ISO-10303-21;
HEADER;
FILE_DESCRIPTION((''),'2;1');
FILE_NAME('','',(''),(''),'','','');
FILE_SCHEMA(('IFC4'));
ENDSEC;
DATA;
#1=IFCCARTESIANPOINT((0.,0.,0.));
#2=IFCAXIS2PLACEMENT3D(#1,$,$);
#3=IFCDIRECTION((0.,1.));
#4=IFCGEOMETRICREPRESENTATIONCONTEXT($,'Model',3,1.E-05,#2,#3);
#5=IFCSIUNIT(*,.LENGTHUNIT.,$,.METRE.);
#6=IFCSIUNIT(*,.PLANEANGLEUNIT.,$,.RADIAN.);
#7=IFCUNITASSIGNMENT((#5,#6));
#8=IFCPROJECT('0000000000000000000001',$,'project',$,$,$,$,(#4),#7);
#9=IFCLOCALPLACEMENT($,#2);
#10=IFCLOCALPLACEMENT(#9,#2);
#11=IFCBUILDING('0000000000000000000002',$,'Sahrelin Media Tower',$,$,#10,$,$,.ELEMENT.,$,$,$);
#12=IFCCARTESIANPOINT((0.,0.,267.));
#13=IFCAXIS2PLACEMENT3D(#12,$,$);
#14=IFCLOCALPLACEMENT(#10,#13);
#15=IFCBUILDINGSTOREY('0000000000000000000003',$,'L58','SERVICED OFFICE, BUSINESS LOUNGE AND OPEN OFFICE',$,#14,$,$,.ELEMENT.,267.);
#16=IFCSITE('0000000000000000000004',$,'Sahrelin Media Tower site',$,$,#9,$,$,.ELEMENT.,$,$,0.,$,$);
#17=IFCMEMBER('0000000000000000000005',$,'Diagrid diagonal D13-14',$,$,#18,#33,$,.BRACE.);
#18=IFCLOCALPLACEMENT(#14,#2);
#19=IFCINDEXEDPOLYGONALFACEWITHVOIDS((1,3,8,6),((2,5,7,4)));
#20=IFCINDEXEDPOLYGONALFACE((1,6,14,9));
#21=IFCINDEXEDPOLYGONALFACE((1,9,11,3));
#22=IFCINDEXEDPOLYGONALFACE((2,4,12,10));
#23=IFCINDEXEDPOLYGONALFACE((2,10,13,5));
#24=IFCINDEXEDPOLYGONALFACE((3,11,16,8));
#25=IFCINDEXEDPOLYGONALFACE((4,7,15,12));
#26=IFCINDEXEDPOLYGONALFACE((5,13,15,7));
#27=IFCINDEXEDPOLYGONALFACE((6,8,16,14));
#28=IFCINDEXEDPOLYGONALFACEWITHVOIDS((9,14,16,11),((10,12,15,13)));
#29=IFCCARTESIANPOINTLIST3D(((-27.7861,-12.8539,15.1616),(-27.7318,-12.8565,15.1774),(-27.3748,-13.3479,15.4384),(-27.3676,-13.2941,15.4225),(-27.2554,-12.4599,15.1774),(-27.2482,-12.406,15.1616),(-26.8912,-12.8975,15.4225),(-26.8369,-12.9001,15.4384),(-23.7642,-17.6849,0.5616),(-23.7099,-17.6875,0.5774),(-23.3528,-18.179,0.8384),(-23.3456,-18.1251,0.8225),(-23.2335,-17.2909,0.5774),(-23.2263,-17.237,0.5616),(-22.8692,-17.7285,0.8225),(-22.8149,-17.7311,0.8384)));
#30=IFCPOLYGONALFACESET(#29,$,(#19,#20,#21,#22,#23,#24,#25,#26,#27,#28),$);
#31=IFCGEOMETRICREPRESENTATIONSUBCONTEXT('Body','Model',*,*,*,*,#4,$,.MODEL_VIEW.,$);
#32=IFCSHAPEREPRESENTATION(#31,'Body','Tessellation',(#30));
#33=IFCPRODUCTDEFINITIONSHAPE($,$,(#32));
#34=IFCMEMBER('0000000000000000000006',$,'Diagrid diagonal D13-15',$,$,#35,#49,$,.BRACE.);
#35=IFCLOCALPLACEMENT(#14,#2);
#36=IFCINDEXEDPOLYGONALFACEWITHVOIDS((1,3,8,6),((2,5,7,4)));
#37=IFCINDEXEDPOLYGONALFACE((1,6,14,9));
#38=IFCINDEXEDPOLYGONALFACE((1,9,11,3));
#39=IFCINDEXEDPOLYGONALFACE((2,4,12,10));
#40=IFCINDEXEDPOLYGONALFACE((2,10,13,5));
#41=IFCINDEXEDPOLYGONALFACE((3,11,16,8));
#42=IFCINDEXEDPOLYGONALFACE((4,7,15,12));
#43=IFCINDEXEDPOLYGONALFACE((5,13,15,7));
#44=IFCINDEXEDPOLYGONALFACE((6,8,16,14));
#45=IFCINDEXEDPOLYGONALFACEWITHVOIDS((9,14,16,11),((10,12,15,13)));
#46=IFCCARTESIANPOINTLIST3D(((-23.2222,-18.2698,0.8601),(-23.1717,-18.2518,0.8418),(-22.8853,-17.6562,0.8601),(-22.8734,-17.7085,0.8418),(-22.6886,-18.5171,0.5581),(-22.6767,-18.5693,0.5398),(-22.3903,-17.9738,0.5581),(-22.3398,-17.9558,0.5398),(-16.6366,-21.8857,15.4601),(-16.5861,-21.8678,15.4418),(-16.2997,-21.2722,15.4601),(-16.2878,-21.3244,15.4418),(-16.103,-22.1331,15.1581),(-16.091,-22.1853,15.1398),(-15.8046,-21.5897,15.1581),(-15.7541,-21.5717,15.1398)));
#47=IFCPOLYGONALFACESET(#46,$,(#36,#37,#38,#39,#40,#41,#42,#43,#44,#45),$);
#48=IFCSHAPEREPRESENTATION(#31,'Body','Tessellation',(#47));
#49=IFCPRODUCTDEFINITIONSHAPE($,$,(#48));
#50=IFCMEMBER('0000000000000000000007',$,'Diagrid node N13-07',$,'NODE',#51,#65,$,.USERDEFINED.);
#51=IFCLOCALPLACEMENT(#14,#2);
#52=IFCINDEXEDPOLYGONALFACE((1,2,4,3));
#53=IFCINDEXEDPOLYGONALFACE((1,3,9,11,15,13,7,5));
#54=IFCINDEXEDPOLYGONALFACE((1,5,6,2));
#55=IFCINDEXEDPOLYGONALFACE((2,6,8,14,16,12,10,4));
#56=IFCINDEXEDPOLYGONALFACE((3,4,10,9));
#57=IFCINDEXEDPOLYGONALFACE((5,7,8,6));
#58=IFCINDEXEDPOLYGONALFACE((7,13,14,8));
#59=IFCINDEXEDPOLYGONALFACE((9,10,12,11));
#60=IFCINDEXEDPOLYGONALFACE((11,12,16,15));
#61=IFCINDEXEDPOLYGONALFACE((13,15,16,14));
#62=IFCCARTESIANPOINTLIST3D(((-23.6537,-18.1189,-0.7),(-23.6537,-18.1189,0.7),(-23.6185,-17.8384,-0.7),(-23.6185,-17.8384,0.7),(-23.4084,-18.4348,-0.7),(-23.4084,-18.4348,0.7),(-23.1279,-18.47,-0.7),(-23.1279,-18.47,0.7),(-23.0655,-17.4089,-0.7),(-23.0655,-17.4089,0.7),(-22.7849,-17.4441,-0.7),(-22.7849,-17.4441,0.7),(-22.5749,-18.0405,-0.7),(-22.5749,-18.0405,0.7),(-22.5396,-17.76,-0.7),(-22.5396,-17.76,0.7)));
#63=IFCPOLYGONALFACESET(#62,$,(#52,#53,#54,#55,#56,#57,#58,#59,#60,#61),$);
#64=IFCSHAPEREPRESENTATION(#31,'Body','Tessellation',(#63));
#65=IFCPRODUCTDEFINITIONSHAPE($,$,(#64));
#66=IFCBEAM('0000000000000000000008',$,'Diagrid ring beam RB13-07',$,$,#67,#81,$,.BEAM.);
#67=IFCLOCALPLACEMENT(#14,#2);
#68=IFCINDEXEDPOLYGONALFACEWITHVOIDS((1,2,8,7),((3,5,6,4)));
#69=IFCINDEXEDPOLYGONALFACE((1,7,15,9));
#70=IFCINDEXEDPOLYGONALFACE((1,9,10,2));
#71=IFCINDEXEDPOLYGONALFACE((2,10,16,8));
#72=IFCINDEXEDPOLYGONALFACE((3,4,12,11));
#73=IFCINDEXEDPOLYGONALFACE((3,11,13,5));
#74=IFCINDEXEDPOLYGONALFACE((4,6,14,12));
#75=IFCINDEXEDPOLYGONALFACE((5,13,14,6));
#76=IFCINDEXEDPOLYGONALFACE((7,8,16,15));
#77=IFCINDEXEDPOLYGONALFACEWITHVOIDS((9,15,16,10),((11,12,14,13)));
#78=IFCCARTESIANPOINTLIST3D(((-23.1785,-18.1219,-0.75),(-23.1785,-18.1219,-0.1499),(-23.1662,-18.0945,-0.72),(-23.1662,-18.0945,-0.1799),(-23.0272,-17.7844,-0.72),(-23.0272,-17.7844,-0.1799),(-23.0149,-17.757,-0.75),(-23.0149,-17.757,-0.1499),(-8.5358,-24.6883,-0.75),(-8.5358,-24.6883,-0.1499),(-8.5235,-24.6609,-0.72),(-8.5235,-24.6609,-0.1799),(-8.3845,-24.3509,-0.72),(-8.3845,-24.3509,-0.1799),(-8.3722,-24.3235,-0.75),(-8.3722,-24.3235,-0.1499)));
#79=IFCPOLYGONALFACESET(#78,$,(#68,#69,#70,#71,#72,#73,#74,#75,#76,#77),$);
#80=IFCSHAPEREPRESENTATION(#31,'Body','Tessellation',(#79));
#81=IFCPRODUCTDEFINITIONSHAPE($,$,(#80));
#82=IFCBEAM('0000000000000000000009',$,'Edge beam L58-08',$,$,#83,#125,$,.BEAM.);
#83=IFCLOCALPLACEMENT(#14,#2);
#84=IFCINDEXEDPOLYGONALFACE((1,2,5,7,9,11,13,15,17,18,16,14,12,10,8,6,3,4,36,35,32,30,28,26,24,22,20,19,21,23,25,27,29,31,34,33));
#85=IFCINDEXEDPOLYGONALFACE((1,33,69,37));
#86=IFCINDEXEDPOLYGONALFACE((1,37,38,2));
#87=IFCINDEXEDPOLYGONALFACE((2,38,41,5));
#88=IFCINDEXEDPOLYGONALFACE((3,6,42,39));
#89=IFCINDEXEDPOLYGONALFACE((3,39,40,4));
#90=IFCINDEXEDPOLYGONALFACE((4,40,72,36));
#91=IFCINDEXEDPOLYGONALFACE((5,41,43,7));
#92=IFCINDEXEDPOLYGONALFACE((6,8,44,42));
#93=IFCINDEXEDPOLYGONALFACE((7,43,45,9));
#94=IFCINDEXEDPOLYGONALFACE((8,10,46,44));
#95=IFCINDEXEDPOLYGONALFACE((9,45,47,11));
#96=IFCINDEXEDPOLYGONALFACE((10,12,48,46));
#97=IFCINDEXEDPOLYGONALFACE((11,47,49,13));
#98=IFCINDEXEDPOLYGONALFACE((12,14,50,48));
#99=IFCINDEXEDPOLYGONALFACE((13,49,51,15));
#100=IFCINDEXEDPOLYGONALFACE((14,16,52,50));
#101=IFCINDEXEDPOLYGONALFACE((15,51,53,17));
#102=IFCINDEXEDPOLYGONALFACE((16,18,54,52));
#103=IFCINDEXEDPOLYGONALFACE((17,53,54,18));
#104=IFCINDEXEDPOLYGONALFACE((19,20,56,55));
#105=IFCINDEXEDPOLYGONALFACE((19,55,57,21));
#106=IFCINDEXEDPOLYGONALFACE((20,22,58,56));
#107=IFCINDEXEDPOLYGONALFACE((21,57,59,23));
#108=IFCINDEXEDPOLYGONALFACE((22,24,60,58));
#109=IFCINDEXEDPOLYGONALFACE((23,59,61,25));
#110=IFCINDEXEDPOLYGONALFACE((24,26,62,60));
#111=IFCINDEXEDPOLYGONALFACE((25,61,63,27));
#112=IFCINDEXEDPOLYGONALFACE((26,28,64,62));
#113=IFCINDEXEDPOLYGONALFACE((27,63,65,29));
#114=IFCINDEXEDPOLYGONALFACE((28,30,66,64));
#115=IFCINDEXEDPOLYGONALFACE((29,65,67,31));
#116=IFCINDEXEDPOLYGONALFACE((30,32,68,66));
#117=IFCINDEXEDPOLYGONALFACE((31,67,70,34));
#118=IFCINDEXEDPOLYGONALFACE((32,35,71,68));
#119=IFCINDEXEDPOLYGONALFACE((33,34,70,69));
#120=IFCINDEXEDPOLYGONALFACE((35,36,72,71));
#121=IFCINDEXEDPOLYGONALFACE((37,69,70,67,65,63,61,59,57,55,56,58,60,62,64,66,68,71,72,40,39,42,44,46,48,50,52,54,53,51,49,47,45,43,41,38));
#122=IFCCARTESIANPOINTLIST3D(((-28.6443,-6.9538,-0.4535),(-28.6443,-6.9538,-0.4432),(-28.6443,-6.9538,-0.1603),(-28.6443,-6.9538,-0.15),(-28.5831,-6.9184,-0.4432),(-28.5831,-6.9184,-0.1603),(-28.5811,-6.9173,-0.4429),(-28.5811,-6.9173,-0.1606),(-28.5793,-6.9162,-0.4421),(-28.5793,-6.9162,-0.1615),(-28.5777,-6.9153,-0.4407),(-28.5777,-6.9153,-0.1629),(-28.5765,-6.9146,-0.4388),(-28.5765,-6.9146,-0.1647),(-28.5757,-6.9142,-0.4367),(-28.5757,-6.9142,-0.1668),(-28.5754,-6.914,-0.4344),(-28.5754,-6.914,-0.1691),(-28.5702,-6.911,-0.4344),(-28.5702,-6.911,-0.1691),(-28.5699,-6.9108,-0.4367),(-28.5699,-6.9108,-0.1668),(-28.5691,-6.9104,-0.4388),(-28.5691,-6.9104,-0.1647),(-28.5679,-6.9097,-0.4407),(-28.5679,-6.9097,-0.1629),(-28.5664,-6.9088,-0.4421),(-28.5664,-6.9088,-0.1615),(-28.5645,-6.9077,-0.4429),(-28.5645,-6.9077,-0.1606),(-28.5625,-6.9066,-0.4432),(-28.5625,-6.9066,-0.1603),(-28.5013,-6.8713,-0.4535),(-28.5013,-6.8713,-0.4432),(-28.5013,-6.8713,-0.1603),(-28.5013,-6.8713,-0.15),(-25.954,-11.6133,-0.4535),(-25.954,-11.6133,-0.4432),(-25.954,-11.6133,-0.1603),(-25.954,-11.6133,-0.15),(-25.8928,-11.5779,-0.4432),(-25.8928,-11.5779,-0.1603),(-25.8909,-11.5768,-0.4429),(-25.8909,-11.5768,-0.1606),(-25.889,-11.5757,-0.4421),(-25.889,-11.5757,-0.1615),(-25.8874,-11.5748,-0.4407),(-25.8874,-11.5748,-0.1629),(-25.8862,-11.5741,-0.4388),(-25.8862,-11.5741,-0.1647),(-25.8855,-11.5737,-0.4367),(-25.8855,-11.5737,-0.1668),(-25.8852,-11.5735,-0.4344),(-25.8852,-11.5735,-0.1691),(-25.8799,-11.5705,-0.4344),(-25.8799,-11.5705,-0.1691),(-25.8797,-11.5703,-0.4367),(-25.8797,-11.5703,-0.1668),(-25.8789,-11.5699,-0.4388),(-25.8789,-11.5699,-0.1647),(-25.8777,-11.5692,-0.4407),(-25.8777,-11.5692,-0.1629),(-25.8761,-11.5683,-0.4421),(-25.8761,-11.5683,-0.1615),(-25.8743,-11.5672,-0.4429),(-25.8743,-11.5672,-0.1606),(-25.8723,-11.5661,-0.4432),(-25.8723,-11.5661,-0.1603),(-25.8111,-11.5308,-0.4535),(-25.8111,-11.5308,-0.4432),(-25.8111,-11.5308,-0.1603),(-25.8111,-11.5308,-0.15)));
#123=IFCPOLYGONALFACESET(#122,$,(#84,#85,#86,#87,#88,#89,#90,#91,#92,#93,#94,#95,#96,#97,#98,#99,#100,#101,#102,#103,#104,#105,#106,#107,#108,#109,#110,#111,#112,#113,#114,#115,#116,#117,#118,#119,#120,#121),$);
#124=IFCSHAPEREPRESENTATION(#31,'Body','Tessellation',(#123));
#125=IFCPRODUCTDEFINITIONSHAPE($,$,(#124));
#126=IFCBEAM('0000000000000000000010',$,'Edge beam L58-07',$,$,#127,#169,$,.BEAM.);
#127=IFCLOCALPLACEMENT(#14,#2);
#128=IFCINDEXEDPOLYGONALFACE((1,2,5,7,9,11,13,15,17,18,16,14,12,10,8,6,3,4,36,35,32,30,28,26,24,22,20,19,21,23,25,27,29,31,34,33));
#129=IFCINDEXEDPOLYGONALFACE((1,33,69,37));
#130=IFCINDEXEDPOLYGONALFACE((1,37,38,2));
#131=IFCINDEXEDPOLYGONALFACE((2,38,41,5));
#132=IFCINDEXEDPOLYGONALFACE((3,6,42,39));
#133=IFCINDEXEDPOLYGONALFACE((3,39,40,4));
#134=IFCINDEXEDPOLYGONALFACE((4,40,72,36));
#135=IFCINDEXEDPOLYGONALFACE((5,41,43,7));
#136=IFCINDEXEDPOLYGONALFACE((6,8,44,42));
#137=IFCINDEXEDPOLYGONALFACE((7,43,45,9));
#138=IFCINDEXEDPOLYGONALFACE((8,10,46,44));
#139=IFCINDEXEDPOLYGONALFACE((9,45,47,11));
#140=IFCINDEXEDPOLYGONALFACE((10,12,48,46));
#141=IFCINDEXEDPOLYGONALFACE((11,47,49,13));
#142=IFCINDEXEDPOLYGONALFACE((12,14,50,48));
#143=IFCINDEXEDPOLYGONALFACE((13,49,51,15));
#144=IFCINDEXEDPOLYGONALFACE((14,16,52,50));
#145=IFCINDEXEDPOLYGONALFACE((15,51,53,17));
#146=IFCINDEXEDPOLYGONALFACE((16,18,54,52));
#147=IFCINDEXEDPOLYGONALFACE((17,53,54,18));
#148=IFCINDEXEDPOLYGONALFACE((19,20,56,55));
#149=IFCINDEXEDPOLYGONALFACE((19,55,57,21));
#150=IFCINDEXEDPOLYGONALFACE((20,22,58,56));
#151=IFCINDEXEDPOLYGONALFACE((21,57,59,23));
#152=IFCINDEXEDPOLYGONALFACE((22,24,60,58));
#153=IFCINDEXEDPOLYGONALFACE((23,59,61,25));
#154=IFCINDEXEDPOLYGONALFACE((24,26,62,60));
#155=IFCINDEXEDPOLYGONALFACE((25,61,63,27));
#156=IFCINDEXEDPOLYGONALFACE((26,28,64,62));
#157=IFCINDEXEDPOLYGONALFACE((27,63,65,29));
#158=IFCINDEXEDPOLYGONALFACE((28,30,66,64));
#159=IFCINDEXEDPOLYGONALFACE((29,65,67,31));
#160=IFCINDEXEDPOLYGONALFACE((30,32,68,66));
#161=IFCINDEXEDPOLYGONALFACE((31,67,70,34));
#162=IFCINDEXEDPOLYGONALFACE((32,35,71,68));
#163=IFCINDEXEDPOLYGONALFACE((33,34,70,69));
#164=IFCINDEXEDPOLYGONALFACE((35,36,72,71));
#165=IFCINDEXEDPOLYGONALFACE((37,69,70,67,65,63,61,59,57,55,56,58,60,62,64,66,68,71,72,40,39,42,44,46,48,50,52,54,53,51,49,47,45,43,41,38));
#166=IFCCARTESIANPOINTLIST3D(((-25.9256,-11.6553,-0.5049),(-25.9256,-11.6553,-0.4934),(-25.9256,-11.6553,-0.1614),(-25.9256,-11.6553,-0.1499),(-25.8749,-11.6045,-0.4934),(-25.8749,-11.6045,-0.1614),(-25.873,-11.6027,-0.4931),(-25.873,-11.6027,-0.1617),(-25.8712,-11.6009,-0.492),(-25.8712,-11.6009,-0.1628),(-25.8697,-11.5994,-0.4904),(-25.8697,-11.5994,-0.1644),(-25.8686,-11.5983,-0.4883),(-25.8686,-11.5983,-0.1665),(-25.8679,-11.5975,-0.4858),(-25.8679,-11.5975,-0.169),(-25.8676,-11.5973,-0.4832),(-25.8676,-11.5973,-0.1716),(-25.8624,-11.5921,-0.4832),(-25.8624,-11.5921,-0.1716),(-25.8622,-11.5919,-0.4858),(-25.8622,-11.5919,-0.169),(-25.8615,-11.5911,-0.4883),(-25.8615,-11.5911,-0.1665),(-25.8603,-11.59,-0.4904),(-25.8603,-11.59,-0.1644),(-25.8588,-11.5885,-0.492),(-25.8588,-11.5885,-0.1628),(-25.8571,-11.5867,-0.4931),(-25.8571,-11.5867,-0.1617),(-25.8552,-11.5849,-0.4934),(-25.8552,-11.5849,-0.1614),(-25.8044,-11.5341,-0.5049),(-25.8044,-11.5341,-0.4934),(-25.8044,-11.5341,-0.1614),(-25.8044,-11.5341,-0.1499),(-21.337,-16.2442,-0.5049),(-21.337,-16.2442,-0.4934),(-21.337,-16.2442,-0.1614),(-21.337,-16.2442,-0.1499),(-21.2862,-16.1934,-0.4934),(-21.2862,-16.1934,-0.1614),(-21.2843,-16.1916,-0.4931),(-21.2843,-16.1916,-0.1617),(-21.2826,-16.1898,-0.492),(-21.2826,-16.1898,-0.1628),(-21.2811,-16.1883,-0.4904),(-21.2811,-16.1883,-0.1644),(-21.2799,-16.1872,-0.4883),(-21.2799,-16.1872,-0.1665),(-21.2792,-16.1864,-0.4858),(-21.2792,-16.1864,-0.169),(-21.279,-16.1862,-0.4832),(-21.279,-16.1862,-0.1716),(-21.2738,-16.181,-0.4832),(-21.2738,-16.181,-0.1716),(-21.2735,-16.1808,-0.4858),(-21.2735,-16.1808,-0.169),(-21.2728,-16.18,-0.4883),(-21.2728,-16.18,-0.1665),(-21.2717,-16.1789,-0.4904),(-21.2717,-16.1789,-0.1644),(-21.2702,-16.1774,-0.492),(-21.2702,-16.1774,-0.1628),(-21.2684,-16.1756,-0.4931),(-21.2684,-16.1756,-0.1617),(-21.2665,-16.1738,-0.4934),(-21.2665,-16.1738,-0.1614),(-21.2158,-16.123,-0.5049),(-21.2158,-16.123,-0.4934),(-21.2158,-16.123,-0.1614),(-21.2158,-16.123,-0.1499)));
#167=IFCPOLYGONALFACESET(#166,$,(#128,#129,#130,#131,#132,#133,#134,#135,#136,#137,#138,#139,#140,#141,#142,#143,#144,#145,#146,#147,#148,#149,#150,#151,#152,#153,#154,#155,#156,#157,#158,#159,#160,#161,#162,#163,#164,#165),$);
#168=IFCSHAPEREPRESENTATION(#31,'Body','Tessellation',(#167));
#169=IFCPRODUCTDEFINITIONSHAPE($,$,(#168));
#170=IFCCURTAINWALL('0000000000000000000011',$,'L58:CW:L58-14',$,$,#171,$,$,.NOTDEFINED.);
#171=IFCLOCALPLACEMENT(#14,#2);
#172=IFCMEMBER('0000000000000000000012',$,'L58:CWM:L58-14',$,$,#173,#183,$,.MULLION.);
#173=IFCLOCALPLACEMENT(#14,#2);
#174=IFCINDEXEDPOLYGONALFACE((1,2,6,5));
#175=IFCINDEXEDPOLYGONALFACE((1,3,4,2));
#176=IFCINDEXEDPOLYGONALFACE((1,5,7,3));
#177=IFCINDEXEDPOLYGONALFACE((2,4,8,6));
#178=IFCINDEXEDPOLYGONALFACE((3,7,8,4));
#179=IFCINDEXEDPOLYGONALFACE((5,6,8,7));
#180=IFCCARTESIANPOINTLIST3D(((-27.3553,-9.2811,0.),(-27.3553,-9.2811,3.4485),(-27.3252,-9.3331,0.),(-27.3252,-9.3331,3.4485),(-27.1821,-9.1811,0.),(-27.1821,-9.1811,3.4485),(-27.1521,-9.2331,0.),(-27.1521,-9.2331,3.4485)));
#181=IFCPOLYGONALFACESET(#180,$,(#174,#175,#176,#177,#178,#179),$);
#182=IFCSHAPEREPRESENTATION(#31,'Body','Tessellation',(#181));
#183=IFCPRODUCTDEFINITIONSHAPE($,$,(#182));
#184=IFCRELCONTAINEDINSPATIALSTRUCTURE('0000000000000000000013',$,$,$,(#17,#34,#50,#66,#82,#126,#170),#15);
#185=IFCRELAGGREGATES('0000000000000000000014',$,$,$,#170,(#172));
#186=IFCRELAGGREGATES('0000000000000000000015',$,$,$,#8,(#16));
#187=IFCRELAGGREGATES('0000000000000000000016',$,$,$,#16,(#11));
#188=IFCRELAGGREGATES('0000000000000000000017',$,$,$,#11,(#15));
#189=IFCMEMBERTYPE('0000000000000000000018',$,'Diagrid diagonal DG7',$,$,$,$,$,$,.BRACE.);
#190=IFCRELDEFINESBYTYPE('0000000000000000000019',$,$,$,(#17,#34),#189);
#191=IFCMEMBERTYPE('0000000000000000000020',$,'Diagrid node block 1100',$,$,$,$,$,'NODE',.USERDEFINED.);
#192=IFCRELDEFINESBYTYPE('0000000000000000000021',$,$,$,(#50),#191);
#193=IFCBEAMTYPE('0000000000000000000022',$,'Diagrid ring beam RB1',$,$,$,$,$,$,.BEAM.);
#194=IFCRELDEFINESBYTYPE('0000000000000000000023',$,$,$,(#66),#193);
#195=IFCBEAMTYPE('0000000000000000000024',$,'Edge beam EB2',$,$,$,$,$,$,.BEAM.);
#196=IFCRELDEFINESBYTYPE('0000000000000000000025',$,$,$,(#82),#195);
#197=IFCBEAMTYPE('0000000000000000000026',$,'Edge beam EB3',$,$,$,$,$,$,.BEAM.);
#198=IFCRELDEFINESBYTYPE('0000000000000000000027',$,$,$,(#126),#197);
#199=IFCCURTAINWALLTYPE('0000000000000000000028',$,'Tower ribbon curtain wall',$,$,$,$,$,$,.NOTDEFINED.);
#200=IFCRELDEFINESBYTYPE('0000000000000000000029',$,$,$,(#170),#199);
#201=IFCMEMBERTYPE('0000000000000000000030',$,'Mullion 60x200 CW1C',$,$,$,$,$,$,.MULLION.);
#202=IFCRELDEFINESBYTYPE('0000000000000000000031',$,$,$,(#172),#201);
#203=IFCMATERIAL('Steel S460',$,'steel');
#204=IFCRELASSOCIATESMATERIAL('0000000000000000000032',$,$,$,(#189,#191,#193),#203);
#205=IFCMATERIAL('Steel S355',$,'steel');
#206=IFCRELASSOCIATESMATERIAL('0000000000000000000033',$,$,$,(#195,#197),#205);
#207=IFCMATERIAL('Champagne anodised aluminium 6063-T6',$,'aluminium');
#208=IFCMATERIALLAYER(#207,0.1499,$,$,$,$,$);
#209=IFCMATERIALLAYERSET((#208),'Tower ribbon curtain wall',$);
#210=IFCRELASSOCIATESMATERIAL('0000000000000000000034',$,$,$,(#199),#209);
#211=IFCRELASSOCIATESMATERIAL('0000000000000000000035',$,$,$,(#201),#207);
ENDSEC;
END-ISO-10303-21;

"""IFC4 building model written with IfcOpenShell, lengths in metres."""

from ifc_helpers import new_model, si_unit, direction, frame, origin, origin_2d, place, context, subcontext, project, spatial, polyline, rectangle, hollow_rectangle, i_section, outline, extrude, material, layer, layer_set, material_profile, profile_set, type_object, element, aggregate, save


model = new_model("IFC4")

# Units and contexts
model_context = context("Model", 3, precision=1e-05, world=origin(), true_north=direction((0.0, 1.0)))
body_context = subcontext(model_context, "Body", "Model", "MODEL_VIEW")
ifc_project = project(units=[si_unit("LENGTHUNIT", "METRE"), si_unit("PLANEANGLEUNIT", "RADIAN")], contexts=[model_context])

# Site, building, storey
site_placement = place(None, origin())
site = spatial("IfcSite", under=ifc_project, at=site_placement, Name="Sahrelin Media Tower site", CompositionType="ELEMENT", RefElevation=0.0)
building_placement = place(site_placement, origin())
building = spatial("IfcBuilding", under=site, at=building_placement, Name="Sahrelin Media Tower", CompositionType="ELEMENT")
storey_placement = place(building_placement, frame((0.0, 0.0, 267.0)))
storey = spatial("IfcBuildingStorey", under=building, at=storey_placement, Name="L58", Description="SERVICED OFFICE, BUSINESS LOUNGE AND OPEN OFFICE", CompositionType="ELEMENT", Elevation=267.0)

# Members
ifc_material_1 = material(Name="Steel S460", Category="steel")
ifc_material_profile_1 = material_profile(ifc_material_1, hollow_rectangle(XDim=0.7, YDim=0.7, WallThickness=0.04, at=origin_2d()), Name="Diagrid diagonal DG7")
ifc_profile_set_1 = profile_set([ifc_material_profile_1], Name="Steel S460")
member_type_1 = type_object("IfcMemberType", Name="Diagrid diagonal DG7", PredefinedType="BRACE", material=ifc_profile_set_1)
member_1_placement = place(storey_placement, frame((-23.2896, -17.708, 0.7), z_axis=(-0.25302, 0.303919, 0.918485), x_axis=(-0.768527, -0.639818, 0.0)))
element("IfcMember", 1, at=member_1_placement, inside=storey, type_object=member_type_1, Name="Diagrid diagonal D13-14", PredefinedType="BRACE", context=body_context, shape_type="SweptSolid", body=[
    extrude(hollow_rectangle(XDim=0.7, YDim=0.7, WallThickness=0.04, at=origin_2d()), origin(), (0.0, 0.0, 1.0), 15.8958),
])
member_2_placement = place(storey_placement, frame((-22.781, -18.1128, 0.7), z_axis=(0.401083, -0.22022, 0.889177), x_axis=(0.481289, 0.876562, 0.0)))
element("IfcMember", 2, at=member_2_placement, inside=storey, type_object=member_type_1, Name="Diagrid diagonal D13-15", PredefinedType="BRACE", context=body_context, shape_type="SweptSolid", body=[
    extrude(hollow_rectangle(XDim=0.7, YDim=0.7, WallThickness=0.04, at=origin_2d()), origin(), (0.0, 0.0, 1.0), 16.4197),
])
ifc_material_profile_2 = material_profile(ifc_material_1, outline(polyline([(0.3501, -0.3999), (0.55, -0.2), (0.55, 0.2), (0.3501, 0.3999), (-0.3501, 0.3999), (-0.55, 0.2), (-0.55, -0.2), (-0.3501, -0.3999), (0.3501, -0.3999)])), Name="Diagrid node block 1100")
ifc_profile_set_2 = profile_set([ifc_material_profile_2], Name="Steel S460")
member_type_2 = type_object("IfcMemberType", Name="Diagrid node block 1100", ElementType="NODE", PredefinedType="USERDEFINED", material=ifc_profile_set_2)
member_3_placement = place(storey_placement, frame((-23.0967, -17.9395, -0.7), z_axis=(0.0, 0.0, 1.0), x_axis=(-0.78976, -0.613416, 0.0)))
element("IfcMember", 3, at=member_3_placement, inside=storey, type_object=member_type_2, Name="Diagrid node N13-07", ObjectType="NODE", PredefinedType="USERDEFINED", context=body_context, shape_type="SweptSolid", body=[
    extrude(outline(polyline([(0.3501, -0.3999), (0.55, -0.2), (0.55, 0.2), (0.3501, 0.3999), (-0.3501, 0.3999), (-0.55, 0.2), (-0.55, -0.2), (-0.3501, -0.3999), (0.3501, -0.3999)])), origin(), (0.0, 0.0, 1.0), 1.3999),
])

# Beams
ifc_material_profile_3 = material_profile(ifc_material_1, hollow_rectangle(XDim=0.3999, YDim=0.6001, WallThickness=0.03, at=origin_2d()), Name="Diagrid ring beam RB1")
ifc_profile_set_3 = profile_set([ifc_material_profile_3], Name="Steel S460")
beam_type_1 = type_object("IfcBeamType", Name="Diagrid ring beam RB1", PredefinedType="BEAM", material=ifc_profile_set_3)
beam_1_placement = place(storey_placement, frame((-23.0967, -17.9395, -0.45), z_axis=(0.912451, -0.409185, 0.0), x_axis=(0.409185, 0.912451, 0.0)))
element("IfcBeam", 4, at=beam_1_placement, inside=storey, type_object=beam_type_1, Name="Diagrid ring beam RB13-07", PredefinedType="BEAM", context=body_context, shape_type="SweptSolid", body=[
    extrude(hollow_rectangle(XDim=0.3999, YDim=0.6001, WallThickness=0.03, at=origin_2d()), origin(), (0.0, 0.0, 1.0), 16.0476),
])
ifc_material_2 = material(Name="Steel S355", Category="steel")
ifc_material_profile_4 = material_profile(ifc_material_2, i_section(OverallWidth=0.165, OverallDepth=0.3035, WebThickness=0.0061, FlangeThickness=0.0103, FilletRadius=0.0088, at=origin_2d()), Name="UB 305x165x40")
ifc_profile_set_4 = profile_set([ifc_material_profile_4], Name="Steel S355")
beam_type_2 = type_object("IfcBeamType", Name="Edge beam EB2", PredefinedType="BEAM", material=ifc_profile_set_4)
beam_2_placement = place(storey_placement, frame((-25.8826, -11.572, -0.3018), z_axis=(-0.500009, 0.86602, 0.0), x_axis=(-0.86602, -0.500009, 0.0)))
element("IfcBeam", 5, at=beam_2_placement, inside=storey, type_object=beam_type_2, Name="Edge beam L58-08", PredefinedType="BEAM", context=body_context, shape_type="SweptSolid", body=[
    extrude(i_section(OverallWidth=0.165, OverallDepth=0.3035, WebThickness=0.0061, FlangeThickness=0.0103, FilletRadius=0.0088, at=origin_2d()), origin(), (0.0, 0.0, 1.0), 5.3804),
])
ifc_material_profile_5 = material_profile(ifc_material_2, i_section(OverallWidth=0.1714, OverallDepth=0.355, WebThickness=0.0073, FlangeThickness=0.0115, FilletRadius=0.0103, at=origin_2d()), Name="UB 356x171x51")
ifc_profile_set_5 = profile_set([ifc_material_profile_5], Name="Steel S355")
beam_type_3 = type_object("IfcBeamType", Name="Edge beam EB3", PredefinedType="BEAM", material=ifc_profile_set_5)
beam_3_placement = place(storey_placement, frame((-21.2764, -16.1836, -0.3274), z_axis=(-0.707088, 0.707126, 0.0), x_axis=(-0.707126, -0.707088, 0.0)))
element("IfcBeam", 6, at=beam_3_placement, inside=storey, type_object=beam_type_3, Name="Edge beam L58-07", PredefinedType="BEAM", context=body_context, shape_type="SweptSolid", body=[
    extrude(i_section(OverallWidth=0.1714, OverallDepth=0.355, WebThickness=0.0073, FlangeThickness=0.0115, FilletRadius=0.0103, at=origin_2d()), origin(), (0.0, 0.0, 1.0), 6.4895),
])

# Curtain wall, member
ifc_material_3 = material(Name="Champagne anodised aluminium 6063-T6", Category="aluminium")
ifc_layer_1 = layer(ifc_material_3, 0.1499)
ifc_layer_set_1 = layer_set([ifc_layer_1], Name="Tower ribbon curtain wall")
curtain_wall_type = type_object("IfcCurtainWallType", Name="Tower ribbon curtain wall", PredefinedType="NOTDEFINED", material=ifc_layer_set_1)
curtain_wall_1_placement = place(storey_placement, frame((-27.3577, -9.3174, 0.0), z_axis=(0.0, 0.0, 1.0), x_axis=(1.0, 0.0, 0.0)))
curtain_wall_1 = element("IfcCurtainWall", 7, at=curtain_wall_1_placement, inside=storey, type_object=curtain_wall_type, Name="L58:CW:L58-14", PredefinedType="NOTDEFINED")
ifc_material_profile_6 = material_profile(ifc_material_3, rectangle(XDim=0.0601, YDim=0.2, at=origin_2d()), Name="Mullion 60x200")
ifc_profile_set_6 = profile_set([ifc_material_profile_6], Name="Champagne anodised aluminium 6063-T6")
member_type_3 = type_object("IfcMemberType", Name="Mullion 60x200 CW1C", PredefinedType="MULLION", material=ifc_profile_set_6)
member_4_placement = place(storey_placement, frame((-27.2537, -9.2571, 0.0), z_axis=(0.0, 0.0, 1.0), x_axis=(0.500008, -0.866021, 0.0)))
member_4 = element("IfcMember", 8, at=member_4_placement, type_object=member_type_3, Name="L58:CWM:L58-14", PredefinedType="MULLION", context=body_context, shape_type="SweptSolid", body=[
    extrude(rectangle(XDim=0.0601, YDim=0.2, at=origin_2d()), origin(), (0.0, 0.0, 1.0), 3.4485),
])
aggregate(curtain_wall_1, [member_4])

save(model, "model.ifc")
